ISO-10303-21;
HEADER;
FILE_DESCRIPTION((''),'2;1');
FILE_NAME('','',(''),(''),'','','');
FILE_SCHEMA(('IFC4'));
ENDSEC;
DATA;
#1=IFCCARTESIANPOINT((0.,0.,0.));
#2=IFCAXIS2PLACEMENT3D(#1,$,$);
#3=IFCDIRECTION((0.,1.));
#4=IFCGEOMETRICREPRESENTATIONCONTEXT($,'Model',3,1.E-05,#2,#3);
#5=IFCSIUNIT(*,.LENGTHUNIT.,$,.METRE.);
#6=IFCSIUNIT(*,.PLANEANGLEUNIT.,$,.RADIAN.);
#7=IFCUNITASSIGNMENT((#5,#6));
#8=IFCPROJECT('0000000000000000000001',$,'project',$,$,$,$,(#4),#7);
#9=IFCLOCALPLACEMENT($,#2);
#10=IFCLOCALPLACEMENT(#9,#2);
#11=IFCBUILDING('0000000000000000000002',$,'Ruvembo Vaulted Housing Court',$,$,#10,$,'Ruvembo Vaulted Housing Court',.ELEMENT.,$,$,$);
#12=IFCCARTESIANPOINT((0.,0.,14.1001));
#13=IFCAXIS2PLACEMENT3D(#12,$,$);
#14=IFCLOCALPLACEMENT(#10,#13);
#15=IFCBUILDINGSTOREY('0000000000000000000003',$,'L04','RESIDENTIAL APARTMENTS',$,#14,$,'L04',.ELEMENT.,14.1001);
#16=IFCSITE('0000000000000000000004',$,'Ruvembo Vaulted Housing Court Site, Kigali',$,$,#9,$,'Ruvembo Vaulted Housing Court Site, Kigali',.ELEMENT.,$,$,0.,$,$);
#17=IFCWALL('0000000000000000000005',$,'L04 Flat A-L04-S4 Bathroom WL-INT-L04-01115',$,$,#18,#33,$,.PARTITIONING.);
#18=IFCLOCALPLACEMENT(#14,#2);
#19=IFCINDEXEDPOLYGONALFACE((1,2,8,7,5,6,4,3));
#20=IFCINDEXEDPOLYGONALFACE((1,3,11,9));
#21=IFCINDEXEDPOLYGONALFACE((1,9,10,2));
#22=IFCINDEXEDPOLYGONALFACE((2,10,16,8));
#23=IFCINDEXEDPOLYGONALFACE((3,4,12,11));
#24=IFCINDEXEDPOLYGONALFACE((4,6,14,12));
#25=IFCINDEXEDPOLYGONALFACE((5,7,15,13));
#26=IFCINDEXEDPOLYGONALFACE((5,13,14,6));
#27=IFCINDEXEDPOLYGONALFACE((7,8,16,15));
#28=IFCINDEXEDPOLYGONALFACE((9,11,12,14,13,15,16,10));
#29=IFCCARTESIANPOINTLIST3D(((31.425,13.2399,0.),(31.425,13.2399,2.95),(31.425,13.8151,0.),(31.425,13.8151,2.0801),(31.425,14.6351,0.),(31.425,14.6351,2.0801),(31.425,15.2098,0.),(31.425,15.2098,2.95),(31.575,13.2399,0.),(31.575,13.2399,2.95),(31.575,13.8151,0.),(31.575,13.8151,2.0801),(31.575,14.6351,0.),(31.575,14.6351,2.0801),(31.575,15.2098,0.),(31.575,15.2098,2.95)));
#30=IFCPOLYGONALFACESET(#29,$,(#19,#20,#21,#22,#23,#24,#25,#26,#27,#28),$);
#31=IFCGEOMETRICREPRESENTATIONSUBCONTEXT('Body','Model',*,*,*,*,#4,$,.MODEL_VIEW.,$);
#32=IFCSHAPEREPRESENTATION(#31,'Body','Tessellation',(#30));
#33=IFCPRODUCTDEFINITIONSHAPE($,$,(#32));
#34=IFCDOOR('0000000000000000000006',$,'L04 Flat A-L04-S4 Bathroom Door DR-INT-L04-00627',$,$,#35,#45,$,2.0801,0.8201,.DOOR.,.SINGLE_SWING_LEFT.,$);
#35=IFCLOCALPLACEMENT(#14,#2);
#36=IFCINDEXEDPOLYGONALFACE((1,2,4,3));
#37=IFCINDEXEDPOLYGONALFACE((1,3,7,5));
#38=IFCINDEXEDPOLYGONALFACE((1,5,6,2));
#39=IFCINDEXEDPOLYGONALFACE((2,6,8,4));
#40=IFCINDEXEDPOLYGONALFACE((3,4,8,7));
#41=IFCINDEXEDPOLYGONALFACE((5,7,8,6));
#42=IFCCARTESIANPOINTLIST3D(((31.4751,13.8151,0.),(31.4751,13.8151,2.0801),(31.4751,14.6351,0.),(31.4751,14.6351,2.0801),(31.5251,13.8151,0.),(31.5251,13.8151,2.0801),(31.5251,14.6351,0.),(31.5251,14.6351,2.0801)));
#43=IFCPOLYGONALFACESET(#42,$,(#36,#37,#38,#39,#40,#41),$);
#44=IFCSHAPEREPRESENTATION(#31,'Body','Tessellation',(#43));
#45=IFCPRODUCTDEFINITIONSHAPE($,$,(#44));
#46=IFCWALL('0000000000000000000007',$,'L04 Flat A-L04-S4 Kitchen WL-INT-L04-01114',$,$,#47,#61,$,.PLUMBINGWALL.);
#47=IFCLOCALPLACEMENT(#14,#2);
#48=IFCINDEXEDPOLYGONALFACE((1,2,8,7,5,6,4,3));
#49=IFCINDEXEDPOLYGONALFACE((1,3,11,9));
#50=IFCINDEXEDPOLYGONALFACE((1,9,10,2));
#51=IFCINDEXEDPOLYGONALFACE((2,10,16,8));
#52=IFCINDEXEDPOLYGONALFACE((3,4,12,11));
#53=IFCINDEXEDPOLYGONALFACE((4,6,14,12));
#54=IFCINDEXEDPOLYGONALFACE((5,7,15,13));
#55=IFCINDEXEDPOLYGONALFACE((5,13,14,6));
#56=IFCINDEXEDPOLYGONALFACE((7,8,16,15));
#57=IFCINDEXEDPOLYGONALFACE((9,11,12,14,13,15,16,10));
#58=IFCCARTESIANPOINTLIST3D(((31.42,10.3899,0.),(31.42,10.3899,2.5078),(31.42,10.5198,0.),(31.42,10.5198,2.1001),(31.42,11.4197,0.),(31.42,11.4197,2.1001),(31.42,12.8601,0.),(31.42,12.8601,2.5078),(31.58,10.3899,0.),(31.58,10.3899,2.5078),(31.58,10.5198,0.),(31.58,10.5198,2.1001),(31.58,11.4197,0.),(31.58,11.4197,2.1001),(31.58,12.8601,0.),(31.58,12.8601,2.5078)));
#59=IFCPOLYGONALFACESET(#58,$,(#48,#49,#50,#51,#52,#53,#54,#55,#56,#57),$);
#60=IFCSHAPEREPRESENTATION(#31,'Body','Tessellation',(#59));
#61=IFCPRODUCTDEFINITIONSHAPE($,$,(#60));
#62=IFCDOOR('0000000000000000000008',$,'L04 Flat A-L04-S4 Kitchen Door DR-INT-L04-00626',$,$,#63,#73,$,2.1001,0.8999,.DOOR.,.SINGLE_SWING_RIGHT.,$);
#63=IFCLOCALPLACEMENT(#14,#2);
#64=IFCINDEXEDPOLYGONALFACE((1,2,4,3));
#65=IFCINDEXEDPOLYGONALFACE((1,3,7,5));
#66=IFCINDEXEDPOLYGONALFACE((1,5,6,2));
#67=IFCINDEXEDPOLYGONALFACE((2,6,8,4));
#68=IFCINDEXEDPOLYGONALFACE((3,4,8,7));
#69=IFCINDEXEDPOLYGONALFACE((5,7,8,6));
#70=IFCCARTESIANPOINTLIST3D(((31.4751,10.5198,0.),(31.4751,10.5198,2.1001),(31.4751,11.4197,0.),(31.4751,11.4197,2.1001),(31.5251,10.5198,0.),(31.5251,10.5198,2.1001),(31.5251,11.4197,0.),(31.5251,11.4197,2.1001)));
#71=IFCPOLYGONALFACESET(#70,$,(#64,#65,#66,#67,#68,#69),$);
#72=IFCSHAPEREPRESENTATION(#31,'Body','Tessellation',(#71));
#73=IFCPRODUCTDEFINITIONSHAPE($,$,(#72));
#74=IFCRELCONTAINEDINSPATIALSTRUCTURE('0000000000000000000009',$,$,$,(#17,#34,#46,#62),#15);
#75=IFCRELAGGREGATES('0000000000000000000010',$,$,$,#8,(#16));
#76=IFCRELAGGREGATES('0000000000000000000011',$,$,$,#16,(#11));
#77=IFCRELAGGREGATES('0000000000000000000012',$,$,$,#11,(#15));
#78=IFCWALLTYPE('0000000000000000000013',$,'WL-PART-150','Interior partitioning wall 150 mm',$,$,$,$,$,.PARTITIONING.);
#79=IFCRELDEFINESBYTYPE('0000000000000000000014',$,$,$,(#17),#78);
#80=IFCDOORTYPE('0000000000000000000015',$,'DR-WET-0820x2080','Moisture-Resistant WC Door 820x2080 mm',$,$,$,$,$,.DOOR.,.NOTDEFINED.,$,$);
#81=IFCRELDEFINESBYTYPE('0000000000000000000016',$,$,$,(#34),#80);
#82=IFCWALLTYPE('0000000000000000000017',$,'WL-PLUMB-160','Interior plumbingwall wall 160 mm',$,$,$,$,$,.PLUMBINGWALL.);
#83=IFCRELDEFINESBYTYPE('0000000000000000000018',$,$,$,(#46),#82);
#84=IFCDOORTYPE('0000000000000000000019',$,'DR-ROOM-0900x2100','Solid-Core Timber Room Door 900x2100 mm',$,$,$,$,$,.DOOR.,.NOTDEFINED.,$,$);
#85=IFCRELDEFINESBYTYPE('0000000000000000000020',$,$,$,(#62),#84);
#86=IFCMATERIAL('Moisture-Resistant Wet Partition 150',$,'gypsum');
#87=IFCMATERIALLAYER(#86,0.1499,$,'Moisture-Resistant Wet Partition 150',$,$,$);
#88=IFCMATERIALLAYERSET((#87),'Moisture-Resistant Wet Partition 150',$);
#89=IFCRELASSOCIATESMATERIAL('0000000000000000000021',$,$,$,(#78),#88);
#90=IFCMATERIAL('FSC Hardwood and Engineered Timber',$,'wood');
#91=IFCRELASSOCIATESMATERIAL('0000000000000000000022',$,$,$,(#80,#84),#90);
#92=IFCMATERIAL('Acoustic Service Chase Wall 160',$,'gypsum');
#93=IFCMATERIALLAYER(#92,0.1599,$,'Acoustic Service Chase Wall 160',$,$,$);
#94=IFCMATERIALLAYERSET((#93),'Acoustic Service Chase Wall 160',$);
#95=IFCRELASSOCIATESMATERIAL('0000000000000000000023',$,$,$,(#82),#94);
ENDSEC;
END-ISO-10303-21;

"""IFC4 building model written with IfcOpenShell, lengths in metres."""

from ifc_helpers import new_model, si_unit, direction, frame, frame_2d, origin, place, context, subcontext, project, spatial, rectangle, extrude, material, layer, layer_set, type_object, element, fill, save


model = new_model("IFC4")

# Units and contexts
model_context = context("Model", 3, precision=1e-05, world=origin(), true_north=direction((0.0, 1.0)))
body_context = subcontext(model_context, "Body", "Model", "MODEL_VIEW")
ifc_project = project(units=[si_unit("LENGTHUNIT", "METRE"), si_unit("PLANEANGLEUNIT", "RADIAN")], contexts=[model_context])

# Site, building, storey
site_placement = place(None, origin())
site = spatial("IfcSite", under=ifc_project, at=site_placement, Name="Ruvembo Vaulted Housing Court Site, Kigali", LongName="Ruvembo Vaulted Housing Court Site, Kigali", CompositionType="ELEMENT", RefElevation=0.0)
building_placement = place(site_placement, origin())
building = spatial("IfcBuilding", under=site, at=building_placement, Name="Ruvembo Vaulted Housing Court", LongName="Ruvembo Vaulted Housing Court", CompositionType="ELEMENT")
storey_placement = place(building_placement, frame((0.0, 0.0, 14.1001)))
storey = spatial("IfcBuildingStorey", under=building, at=storey_placement, Name="L04", Description="RESIDENTIAL APARTMENTS", LongName="L04", CompositionType="ELEMENT", Elevation=14.1001)

# Shared definitions
ifc_material_1 = material(Name="FSC Hardwood and Engineered Timber", Category="wood")

# Walls, openings, doors
ifc_material_2 = material(Name="Moisture-Resistant Wet Partition 150", Category="gypsum")
ifc_layer_1 = layer(ifc_material_2, 0.1499, Name="Moisture-Resistant Wet Partition 150")
ifc_layer_set_1 = layer_set([ifc_layer_1], Name="Moisture-Resistant Wet Partition 150")
wall_type_1 = type_object("IfcWallType", Name="WL-PART-150", Description="Interior partitioning wall 150 mm", PredefinedType="PARTITIONING", material=ifc_layer_set_1)
wall_1_placement = place(storey_placement, frame((31.5, 13.24, 0.0), z_axis=(0.0, 0.0, 1.0), x_axis=(0.0, 1.0, 0.0)))
wall_1 = element("IfcWall", 1, at=wall_1_placement, inside=storey, type_object=wall_type_1, Name="L04 Flat A-L04-S4 Bathroom WL-INT-L04-01115", PredefinedType="PARTITIONING", context=body_context, shape_type="SweptSolid", body=[
    extrude(rectangle(XDim=1.97, YDim=0.1499, at=frame_2d((0.9849, 0.0))), origin(), (0.0, 0.0, 1.0), 2.95),
])
opening_1_placement = place(wall_1_placement, frame((0.575, 0.0, 0.0)))
opening_1 = element("IfcOpeningElement", 2, at=opening_1_placement, cuts=wall_1, PredefinedType="OPENING", context=body_context, shape_type="SweptSolid", body=[
    extrude(rectangle(XDim=0.8201, YDim=2.0801, at=frame_2d((0.4102, 1.04))), frame((0.0, 0.085, 0.0), z_axis=(0.0, -1.0, 0.0), x_axis=(1.0, 0.0, 0.0)), (0.0, 0.0, 1.0), 0.1699),
])
door_type_1 = type_object("IfcDoorType", Name="DR-WET-0820x2080", Description="Moisture-Resistant WC Door 820x2080 mm", OperationType="NOTDEFINED", PredefinedType="DOOR", material=ifc_material_1)
door_1_placement = place(opening_1_placement, origin())
door_1 = element("IfcDoor", 3, at=door_1_placement, inside=storey, type_object=door_type_1, Name="L04 Flat A-L04-S4 Bathroom Door DR-INT-L04-00627", OperationType="SINGLE_SWING_LEFT", OverallHeight=2.0801, OverallWidth=0.8201, PredefinedType="DOOR", context=body_context, shape_type="SweptSolid", body=[
    extrude(rectangle(XDim=0.8201, YDim=2.0801, at=frame_2d((0.4102, 1.04))), frame((0.0, 0.0249, 0.0), z_axis=(0.0, -1.0, 0.0), x_axis=(1.0, 0.0, 0.0)), (0.0, 0.0, 1.0), 0.05),
])
fill(opening_1, door_1)
ifc_material_3 = material(Name="Acoustic Service Chase Wall 160", Category="gypsum")
ifc_layer_2 = layer(ifc_material_3, 0.1599, Name="Acoustic Service Chase Wall 160")
ifc_layer_set_2 = layer_set([ifc_layer_2], Name="Acoustic Service Chase Wall 160")
wall_type_2 = type_object("IfcWallType", Name="WL-PLUMB-160", Description="Interior plumbingwall wall 160 mm", PredefinedType="PLUMBINGWALL", material=ifc_layer_set_2)
wall_2_placement = place(storey_placement, frame((31.5, 10.3899, 0.0), z_axis=(0.0, 0.0, 1.0), x_axis=(0.0, 1.0, 0.0)))
wall_2 = element("IfcWall", 4, at=wall_2_placement, inside=storey, type_object=wall_type_2, Name="L04 Flat A-L04-S4 Kitchen WL-INT-L04-01114", PredefinedType="PLUMBINGWALL", context=body_context, shape_type="SweptSolid", body=[
    extrude(rectangle(XDim=2.4702, YDim=0.1599, at=frame_2d((1.2351, 0.0))), origin(), (0.0, 0.0, 1.0), 2.5078),
])
opening_2_placement = place(wall_2_placement, frame((0.1299, 0.0, 0.0)))
opening_2 = element("IfcOpeningElement", 5, at=opening_2_placement, cuts=wall_2, PredefinedType="OPENING", context=body_context, shape_type="SweptSolid", body=[
    extrude(rectangle(XDim=0.8999, YDim=2.1001, at=frame_2d((0.45, 1.05))), frame((0.0, 0.0898, 0.0), z_axis=(0.0, -1.0, 0.0), x_axis=(1.0, 0.0, 0.0)), (0.0, 0.0, 1.0), 0.1799),
])
door_type_2 = type_object("IfcDoorType", Name="DR-ROOM-0900x2100", Description="Solid-Core Timber Room Door 900x2100 mm", OperationType="NOTDEFINED", PredefinedType="DOOR", material=ifc_material_1)
door_2_placement = place(opening_2_placement, origin())
door_2 = element("IfcDoor", 6, at=door_2_placement, inside=storey, type_object=door_type_2, Name="L04 Flat A-L04-S4 Kitchen Door DR-INT-L04-00626", OperationType="SINGLE_SWING_RIGHT", OverallHeight=2.1001, OverallWidth=0.8999, PredefinedType="DOOR", context=body_context, shape_type="SweptSolid", body=[
    extrude(rectangle(XDim=0.8999, YDim=2.1001, at=frame_2d((0.45, 1.05))), frame((0.0, 0.0249, 0.0), z_axis=(0.0, -1.0, 0.0), x_axis=(1.0, 0.0, 0.0)), (0.0, 0.0, 1.0), 0.05),
])
fill(opening_2, door_2)

save(model, "model.ifc")
